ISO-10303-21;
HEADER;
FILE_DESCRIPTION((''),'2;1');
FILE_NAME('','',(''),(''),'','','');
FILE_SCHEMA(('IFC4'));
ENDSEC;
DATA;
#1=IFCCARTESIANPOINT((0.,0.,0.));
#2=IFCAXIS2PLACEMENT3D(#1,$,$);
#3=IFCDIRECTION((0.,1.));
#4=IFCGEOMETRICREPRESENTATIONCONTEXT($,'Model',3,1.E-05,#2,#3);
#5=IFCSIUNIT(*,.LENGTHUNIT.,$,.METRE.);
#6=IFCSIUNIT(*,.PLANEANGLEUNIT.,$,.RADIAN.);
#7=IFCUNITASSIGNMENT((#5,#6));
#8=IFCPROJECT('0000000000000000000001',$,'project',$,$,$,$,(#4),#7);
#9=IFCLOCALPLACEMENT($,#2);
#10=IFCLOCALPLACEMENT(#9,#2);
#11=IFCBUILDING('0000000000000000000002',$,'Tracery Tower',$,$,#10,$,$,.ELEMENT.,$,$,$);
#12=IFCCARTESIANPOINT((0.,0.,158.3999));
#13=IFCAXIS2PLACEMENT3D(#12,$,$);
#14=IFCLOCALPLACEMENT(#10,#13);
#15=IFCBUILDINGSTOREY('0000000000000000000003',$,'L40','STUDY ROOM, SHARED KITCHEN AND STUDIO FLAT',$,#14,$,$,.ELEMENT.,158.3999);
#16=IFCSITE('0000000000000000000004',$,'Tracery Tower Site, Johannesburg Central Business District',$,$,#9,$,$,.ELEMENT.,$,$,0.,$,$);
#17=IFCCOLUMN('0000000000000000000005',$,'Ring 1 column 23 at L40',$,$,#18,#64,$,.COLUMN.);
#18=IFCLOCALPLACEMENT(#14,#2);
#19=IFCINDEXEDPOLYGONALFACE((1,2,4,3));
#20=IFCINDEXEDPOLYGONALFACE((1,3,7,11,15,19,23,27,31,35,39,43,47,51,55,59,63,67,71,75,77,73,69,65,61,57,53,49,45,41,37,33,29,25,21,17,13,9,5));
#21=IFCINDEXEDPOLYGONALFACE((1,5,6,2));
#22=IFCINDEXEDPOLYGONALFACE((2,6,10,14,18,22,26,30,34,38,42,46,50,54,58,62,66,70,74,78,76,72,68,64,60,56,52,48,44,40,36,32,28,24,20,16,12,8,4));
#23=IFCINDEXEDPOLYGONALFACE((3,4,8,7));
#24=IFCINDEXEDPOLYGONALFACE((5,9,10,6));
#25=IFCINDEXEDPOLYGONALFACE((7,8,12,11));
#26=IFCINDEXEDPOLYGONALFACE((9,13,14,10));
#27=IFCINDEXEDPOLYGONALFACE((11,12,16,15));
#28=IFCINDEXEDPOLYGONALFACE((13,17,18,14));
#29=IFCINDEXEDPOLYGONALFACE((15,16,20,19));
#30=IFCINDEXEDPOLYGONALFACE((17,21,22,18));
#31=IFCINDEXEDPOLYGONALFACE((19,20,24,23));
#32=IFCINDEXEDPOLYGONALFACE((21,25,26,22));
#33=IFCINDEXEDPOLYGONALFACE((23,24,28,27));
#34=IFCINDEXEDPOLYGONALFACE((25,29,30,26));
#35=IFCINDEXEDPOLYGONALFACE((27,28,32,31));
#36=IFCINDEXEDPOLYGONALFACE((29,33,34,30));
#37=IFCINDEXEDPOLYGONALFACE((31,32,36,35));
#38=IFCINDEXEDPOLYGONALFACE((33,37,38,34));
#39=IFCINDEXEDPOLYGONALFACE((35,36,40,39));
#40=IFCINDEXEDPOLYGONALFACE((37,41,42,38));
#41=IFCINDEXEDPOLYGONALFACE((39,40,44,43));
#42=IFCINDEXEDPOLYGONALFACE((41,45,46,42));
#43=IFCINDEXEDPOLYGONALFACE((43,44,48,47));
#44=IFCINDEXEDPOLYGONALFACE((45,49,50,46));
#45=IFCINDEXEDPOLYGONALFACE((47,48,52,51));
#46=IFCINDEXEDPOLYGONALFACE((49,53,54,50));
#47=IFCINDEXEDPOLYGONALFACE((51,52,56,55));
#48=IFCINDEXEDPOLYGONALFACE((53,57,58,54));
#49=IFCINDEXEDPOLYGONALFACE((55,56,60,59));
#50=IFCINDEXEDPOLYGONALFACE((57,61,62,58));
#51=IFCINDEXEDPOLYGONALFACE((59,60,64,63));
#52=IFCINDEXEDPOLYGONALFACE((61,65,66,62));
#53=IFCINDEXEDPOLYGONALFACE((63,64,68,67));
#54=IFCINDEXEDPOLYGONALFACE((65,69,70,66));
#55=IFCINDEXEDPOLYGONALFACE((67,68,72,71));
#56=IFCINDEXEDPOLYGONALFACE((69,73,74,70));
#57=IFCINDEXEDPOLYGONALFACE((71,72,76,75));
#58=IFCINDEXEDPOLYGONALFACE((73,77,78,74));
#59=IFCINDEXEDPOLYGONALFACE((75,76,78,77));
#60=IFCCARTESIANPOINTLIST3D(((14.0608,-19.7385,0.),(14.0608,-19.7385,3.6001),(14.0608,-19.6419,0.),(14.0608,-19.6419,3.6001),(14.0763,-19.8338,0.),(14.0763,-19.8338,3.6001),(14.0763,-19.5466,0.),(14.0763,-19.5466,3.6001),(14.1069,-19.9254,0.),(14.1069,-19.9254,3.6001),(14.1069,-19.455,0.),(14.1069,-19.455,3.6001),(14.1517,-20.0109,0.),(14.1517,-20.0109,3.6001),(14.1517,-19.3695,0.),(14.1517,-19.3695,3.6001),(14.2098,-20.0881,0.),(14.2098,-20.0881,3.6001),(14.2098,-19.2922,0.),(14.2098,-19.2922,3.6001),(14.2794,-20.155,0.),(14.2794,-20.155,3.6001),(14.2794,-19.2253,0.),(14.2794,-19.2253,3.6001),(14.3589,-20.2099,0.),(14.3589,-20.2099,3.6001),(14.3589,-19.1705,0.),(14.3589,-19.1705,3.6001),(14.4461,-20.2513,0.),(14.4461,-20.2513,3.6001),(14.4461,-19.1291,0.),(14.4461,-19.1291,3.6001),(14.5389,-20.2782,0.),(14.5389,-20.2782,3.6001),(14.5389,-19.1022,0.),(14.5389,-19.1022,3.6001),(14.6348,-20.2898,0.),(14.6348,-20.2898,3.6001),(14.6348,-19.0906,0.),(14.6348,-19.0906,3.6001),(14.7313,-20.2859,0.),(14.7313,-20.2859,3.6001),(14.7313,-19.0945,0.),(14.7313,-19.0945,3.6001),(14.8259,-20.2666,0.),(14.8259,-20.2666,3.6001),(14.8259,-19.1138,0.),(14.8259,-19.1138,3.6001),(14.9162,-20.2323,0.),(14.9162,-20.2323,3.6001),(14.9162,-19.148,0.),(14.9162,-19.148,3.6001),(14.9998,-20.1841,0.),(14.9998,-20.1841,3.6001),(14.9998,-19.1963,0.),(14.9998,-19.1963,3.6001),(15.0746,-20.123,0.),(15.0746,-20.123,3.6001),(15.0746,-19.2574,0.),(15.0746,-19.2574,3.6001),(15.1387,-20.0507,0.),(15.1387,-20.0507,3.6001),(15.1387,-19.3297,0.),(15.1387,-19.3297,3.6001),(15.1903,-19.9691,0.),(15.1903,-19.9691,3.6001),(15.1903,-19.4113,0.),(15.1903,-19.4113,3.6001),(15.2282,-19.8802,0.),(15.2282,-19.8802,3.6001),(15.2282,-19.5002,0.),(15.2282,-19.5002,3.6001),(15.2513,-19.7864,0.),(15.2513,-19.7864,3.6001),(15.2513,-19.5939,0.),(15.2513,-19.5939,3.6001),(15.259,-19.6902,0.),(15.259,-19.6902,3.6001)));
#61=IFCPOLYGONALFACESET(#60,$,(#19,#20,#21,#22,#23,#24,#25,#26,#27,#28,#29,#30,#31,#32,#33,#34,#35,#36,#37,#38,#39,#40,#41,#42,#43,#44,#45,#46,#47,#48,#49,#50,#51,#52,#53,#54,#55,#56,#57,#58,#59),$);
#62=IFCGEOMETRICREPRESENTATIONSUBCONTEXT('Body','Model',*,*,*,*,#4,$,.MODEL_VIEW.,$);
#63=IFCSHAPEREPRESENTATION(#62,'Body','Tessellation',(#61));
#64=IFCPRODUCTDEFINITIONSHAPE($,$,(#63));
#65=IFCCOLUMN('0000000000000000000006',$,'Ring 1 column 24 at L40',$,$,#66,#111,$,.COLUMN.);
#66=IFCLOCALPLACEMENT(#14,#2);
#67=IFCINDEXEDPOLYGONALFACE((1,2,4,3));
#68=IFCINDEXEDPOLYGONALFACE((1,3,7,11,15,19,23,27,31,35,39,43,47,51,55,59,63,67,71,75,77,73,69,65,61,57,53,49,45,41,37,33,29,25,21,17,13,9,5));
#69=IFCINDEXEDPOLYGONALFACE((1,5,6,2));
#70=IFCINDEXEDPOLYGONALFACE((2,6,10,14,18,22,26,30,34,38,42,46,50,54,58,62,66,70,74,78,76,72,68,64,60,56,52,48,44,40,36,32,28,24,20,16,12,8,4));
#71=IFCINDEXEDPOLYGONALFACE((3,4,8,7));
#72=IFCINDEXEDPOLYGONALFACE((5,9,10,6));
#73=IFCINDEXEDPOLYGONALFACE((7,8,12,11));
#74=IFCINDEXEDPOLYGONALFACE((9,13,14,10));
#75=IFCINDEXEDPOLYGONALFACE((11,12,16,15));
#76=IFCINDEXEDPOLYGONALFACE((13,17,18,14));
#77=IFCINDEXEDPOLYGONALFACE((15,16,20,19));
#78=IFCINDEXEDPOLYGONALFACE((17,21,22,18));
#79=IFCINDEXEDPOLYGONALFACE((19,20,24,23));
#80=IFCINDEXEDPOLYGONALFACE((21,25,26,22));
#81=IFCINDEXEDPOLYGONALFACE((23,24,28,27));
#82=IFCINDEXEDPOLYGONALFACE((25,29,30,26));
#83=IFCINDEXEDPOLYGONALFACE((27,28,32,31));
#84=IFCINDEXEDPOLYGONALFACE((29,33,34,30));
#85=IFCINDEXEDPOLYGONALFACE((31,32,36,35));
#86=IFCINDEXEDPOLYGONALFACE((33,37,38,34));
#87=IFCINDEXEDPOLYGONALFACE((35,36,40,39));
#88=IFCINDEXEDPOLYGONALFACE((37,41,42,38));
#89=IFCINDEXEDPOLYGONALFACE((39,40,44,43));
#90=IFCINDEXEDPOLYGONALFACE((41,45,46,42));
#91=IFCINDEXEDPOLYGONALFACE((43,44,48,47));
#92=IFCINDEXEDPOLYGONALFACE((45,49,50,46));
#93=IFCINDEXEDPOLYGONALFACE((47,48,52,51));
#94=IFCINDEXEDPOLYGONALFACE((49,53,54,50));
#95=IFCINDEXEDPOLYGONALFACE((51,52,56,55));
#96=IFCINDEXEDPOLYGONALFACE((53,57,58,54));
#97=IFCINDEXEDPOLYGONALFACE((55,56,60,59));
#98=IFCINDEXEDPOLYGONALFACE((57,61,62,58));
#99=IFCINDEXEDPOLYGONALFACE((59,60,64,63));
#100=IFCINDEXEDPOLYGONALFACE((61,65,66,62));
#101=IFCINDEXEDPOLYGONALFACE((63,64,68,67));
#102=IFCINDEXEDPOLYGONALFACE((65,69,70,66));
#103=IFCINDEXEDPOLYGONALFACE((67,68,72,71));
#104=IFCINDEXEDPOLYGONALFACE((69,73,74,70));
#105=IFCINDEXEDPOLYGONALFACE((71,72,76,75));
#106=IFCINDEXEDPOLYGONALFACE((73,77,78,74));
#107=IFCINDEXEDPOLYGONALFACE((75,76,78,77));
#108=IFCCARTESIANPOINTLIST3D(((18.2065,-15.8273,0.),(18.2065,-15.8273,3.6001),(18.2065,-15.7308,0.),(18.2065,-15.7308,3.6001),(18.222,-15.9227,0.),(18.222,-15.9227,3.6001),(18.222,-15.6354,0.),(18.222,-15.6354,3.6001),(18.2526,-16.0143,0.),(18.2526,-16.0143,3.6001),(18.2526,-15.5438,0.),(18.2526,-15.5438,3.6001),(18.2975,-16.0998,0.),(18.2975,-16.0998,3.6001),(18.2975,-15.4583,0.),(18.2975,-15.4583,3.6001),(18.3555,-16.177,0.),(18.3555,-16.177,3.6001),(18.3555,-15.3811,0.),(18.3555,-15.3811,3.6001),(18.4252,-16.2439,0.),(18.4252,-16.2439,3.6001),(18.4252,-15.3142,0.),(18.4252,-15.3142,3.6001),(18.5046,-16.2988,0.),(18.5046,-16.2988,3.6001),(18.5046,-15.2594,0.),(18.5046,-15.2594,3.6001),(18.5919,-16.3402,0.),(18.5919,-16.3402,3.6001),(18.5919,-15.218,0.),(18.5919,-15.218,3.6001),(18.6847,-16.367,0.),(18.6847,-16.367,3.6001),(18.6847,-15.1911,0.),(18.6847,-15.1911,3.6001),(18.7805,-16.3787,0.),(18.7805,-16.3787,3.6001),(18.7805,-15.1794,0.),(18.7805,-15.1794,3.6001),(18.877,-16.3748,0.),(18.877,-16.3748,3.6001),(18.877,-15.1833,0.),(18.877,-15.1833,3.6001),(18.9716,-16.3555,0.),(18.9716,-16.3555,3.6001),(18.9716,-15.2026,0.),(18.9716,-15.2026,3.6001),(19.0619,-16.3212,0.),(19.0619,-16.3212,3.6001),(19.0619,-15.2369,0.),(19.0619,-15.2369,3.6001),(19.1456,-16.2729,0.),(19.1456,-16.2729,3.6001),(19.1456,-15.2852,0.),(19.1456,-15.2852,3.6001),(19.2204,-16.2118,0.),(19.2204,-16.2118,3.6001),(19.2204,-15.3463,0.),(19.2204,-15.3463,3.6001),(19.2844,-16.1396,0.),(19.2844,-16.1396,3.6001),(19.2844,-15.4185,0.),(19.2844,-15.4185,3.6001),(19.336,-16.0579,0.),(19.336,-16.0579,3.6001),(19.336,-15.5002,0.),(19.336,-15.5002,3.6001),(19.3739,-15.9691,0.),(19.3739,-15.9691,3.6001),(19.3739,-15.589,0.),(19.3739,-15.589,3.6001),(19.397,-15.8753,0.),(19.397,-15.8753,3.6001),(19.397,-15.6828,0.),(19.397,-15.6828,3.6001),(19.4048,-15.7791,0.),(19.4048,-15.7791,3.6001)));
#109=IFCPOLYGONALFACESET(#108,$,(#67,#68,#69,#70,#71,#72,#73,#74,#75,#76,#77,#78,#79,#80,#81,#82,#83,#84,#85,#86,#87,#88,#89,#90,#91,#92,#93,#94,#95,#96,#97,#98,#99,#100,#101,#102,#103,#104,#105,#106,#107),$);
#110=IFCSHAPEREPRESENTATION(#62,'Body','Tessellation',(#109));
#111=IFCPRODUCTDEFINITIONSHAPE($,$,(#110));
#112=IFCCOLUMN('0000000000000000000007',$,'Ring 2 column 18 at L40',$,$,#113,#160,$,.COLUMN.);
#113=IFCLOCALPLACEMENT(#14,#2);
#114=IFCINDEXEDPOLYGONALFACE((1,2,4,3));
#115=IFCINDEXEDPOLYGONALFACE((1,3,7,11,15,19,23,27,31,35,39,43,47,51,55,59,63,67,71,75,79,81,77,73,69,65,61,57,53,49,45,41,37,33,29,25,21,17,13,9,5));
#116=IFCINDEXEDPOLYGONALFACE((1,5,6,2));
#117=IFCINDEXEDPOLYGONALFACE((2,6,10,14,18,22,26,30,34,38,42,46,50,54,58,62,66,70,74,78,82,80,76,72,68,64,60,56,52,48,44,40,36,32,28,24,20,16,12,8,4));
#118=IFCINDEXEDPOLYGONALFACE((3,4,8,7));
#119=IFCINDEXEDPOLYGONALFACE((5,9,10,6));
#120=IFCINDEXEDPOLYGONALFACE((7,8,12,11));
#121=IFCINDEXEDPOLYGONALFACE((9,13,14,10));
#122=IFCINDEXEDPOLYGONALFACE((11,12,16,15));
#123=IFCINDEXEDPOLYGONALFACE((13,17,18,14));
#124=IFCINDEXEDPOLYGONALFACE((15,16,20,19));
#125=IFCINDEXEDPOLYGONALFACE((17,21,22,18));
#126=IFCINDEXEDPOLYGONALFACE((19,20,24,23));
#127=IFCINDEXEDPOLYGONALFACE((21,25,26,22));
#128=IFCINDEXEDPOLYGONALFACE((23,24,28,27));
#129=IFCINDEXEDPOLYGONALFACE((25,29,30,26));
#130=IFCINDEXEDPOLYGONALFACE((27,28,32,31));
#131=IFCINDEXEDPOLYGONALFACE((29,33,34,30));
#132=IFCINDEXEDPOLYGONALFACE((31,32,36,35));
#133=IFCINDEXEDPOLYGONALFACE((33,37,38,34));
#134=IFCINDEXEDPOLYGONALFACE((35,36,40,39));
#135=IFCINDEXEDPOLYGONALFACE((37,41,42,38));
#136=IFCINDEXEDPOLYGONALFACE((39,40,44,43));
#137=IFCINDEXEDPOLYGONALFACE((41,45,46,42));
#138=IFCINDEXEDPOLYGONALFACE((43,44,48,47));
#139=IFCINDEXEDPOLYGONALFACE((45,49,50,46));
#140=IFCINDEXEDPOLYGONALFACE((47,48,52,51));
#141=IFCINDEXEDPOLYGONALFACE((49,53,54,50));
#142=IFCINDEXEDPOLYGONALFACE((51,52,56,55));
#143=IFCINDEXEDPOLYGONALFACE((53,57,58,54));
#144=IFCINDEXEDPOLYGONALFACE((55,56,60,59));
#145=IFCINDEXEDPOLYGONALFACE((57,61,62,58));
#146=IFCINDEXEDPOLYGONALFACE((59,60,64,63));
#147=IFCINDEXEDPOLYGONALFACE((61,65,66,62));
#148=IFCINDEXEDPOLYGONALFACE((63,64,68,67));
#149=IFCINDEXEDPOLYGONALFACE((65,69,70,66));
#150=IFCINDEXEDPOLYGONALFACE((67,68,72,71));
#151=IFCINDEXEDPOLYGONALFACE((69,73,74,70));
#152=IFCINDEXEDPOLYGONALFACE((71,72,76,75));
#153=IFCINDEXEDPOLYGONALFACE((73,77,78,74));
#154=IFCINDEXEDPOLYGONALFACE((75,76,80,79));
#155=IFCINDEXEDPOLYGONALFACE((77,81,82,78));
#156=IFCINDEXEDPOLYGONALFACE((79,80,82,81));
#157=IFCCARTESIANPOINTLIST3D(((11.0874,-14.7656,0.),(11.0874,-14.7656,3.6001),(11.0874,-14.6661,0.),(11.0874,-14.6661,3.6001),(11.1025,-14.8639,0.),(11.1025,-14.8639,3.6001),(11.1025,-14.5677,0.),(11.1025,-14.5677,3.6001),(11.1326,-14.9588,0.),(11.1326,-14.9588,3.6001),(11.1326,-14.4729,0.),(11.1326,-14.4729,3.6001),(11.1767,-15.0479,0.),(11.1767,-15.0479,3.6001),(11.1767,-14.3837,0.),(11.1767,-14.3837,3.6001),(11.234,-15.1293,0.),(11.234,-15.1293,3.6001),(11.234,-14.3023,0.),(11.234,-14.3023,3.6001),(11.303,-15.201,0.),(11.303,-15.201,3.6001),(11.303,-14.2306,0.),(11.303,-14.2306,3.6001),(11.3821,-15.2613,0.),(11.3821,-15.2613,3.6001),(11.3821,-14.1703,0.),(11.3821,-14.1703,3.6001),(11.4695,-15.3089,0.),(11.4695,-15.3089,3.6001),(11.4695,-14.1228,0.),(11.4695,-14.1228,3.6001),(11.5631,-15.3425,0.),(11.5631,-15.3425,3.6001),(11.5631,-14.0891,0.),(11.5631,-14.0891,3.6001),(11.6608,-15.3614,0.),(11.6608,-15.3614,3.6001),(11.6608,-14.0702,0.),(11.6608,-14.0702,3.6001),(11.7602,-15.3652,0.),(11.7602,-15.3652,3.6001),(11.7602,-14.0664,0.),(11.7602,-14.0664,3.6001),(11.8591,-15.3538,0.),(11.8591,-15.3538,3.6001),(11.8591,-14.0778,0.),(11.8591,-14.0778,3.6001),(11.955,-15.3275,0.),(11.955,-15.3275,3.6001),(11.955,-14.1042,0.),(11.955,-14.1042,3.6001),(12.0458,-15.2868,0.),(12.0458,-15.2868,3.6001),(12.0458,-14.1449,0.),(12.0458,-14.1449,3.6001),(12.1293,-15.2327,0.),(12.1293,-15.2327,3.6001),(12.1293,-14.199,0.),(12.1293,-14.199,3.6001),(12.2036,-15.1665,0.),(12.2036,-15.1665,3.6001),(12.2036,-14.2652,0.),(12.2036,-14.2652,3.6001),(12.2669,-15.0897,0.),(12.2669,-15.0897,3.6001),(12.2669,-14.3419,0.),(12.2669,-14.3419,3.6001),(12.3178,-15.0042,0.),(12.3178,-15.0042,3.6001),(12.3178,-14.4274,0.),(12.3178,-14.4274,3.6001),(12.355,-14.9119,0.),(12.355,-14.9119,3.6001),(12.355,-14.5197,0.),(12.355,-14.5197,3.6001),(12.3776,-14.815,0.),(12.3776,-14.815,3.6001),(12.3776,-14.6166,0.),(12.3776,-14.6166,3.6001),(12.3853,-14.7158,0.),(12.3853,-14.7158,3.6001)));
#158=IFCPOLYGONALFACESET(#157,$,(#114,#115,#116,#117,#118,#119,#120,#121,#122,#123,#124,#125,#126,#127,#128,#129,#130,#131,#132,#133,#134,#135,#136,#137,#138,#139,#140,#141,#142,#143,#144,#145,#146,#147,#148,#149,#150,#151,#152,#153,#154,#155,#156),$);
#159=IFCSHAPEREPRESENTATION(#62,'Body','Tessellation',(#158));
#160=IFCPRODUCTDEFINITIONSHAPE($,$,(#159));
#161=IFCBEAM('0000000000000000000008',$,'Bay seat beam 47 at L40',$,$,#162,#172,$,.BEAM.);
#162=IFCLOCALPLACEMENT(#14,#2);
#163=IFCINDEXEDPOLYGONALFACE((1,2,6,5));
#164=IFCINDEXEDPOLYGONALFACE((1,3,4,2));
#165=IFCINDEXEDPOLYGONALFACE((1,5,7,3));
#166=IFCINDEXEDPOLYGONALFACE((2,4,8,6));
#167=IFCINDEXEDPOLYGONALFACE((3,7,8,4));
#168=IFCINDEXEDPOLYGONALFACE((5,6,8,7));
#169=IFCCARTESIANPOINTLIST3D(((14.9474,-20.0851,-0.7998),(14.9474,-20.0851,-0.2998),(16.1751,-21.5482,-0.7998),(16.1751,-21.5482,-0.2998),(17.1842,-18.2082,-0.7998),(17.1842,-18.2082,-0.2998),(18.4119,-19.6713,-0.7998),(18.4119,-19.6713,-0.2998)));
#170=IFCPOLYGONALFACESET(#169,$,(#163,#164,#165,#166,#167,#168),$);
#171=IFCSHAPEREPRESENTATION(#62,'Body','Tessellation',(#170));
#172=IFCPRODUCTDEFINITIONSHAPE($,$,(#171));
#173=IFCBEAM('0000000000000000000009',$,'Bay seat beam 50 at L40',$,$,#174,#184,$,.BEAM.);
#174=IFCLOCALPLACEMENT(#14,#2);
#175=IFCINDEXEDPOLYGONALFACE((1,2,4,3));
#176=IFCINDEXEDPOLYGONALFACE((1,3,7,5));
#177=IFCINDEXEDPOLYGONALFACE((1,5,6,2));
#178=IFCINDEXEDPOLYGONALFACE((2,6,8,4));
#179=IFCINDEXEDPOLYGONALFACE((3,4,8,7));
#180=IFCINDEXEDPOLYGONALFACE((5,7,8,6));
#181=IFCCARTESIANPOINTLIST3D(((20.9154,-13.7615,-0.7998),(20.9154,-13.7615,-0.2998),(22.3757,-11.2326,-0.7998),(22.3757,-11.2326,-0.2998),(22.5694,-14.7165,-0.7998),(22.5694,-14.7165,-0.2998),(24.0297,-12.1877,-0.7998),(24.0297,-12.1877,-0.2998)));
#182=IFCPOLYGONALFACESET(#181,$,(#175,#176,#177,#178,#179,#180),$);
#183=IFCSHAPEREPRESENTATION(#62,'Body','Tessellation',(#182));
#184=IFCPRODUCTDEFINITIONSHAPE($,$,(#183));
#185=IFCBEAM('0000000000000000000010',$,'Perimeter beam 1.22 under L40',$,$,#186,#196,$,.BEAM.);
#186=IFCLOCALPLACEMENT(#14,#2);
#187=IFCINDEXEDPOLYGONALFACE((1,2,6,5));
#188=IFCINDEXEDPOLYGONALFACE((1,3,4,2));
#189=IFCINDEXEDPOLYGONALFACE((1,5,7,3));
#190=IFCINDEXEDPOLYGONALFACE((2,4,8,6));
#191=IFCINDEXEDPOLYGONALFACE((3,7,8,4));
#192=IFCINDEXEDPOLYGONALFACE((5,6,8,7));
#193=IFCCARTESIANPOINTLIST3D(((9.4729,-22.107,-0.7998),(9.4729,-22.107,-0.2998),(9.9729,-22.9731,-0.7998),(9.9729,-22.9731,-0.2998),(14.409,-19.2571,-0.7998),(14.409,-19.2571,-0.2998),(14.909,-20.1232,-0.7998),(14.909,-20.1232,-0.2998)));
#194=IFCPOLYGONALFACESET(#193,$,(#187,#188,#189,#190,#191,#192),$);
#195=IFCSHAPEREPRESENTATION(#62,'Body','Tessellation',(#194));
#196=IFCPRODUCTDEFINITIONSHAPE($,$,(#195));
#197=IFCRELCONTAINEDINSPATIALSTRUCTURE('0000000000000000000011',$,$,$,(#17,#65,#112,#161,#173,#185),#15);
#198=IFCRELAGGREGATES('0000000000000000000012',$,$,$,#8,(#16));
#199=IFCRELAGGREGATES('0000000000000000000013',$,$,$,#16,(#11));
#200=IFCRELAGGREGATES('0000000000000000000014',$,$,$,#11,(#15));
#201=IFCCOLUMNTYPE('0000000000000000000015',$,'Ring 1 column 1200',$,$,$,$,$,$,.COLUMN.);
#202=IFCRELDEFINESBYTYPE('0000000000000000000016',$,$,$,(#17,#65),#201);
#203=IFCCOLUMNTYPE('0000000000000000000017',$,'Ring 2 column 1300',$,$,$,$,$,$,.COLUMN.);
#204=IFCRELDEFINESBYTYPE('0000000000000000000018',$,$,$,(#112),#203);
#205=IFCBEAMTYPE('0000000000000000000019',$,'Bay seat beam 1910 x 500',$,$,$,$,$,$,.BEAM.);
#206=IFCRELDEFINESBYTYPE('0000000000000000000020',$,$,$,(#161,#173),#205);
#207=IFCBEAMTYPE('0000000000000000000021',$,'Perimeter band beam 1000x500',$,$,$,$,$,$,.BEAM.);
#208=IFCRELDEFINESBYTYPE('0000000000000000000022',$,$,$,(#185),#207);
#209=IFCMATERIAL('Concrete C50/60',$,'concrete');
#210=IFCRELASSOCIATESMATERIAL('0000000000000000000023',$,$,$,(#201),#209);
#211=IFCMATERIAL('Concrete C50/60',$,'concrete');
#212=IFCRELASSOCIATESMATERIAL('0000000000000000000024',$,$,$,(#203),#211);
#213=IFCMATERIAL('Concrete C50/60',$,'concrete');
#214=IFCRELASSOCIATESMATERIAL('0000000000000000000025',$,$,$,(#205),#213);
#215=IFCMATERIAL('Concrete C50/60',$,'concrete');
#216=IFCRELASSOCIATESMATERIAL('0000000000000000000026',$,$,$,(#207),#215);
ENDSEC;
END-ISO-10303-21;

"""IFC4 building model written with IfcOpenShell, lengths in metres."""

from ifc_helpers import new_model, si_unit, direction, frame, origin, origin_2d, place, context, subcontext, project, spatial, rectangle, circle, extrude, material, material_profile, profile_set, type_object, element, save


model = new_model("IFC4")

# Units and contexts
model_context = context("Model", 3, precision=1e-05, world=origin(), true_north=direction((0.0, 1.0)))
body_context = subcontext(model_context, "Body", "Model", "MODEL_VIEW")
ifc_project = project(units=[si_unit("LENGTHUNIT", "METRE"), si_unit("PLANEANGLEUNIT", "RADIAN")], contexts=[model_context])

# Site, building, storey
site_placement = place(None, origin())
site = spatial("IfcSite", under=ifc_project, at=site_placement, Name="Tracery Tower Site, Johannesburg Central Business District", CompositionType="ELEMENT", RefElevation=0.0)
building_placement = place(site_placement, origin())
building = spatial("IfcBuilding", under=site, at=building_placement, Name="Tracery Tower", CompositionType="ELEMENT")
storey_placement = place(building_placement, frame((0.0, 0.0, 158.3999)))
storey = spatial("IfcBuildingStorey", under=building, at=storey_placement, Name="L40", Description="STUDY ROOM, SHARED KITCHEN AND STUDIO FLAT", CompositionType="ELEMENT", Elevation=158.3999)

# Columns
ifc_material_1 = material(Name="Concrete C50/60", Category="concrete")
ifc_material_profile_1 = material_profile(ifc_material_1, circle(Radius=0.6001, at=origin_2d()), Name="RC D1200")
ifc_profile_set_1 = profile_set([ifc_material_profile_1], Name="Concrete C50/60")
column_type_1 = type_object("IfcColumnType", Name="Ring 1 column 1200", PredefinedType="COLUMN", material=ifc_profile_set_1)
for number, where, z_axis, x_axis, name in (
    (1, (14.6589, -19.6902, 0.0), (0.0, 0.0, 1.0), (1.0, 0.0, 0.0), "Ring 1 column 23 at L40"),
    (2, (18.8047, -15.7791, 0.0), (0.0, 0.0, 1.0), (1.0, 0.0, 0.0), "Ring 1 column 24 at L40"),
):
    element("IfcColumn", number, at=place(storey_placement, frame(where, z_axis=z_axis, x_axis=x_axis)), inside=storey, type_object=column_type_1, Name=name, PredefinedType="COLUMN", context=body_context, shape_type="SweptSolid", body=[
        extrude(circle(Radius=0.6001, at=origin_2d()), origin(), (0.0, 0.0, 1.0), 3.6001),
    ])
ifc_material_2 = material(Name="Concrete C50/60", Category="concrete")
ifc_material_profile_2 = material_profile(ifc_material_2, circle(Radius=0.6499, at=origin_2d()), Name="RC D1300")
ifc_profile_set_2 = profile_set([ifc_material_profile_2], Name="Concrete C50/60")
column_type_2 = type_object("IfcColumnType", Name="Ring 2 column 1300", PredefinedType="COLUMN", material=ifc_profile_set_2)
column_placement = place(storey_placement, frame((11.7354, -14.7158, 0.0), z_axis=(0.0, 0.0, 1.0), x_axis=(1.0, 0.0, 0.0)))
element("IfcColumn", 3, at=column_placement, inside=storey, type_object=column_type_2, Name="Ring 2 column 18 at L40", PredefinedType="COLUMN", context=body_context, shape_type="SweptSolid", body=[
    extrude(circle(Radius=0.6499, at=origin_2d()), origin(), (0.0, 0.0, 1.0), 3.6001),
])

# Beams
ifc_material_3 = material(Name="Concrete C50/60", Category="concrete")
ifc_material_profile_3 = material_profile(ifc_material_3, rectangle(XDim=1.9099, YDim=0.5, at=origin_2d()), Name="RC 1910x500")
ifc_profile_set_3 = profile_set([ifc_material_profile_3], Name="Concrete C50/60")
beam_type_1 = type_object("IfcBeamType", Name="Bay seat beam 1910 x 500", PredefinedType="BEAM", material=ifc_profile_set_3)
beam_1_placement = place(storey_placement, frame((15.5613, -20.8167, -0.5498), z_axis=(0.766037, 0.642796, 0.0), x_axis=(-0.642796, 0.766037, 0.0)))
element("IfcBeam", 4, at=beam_1_placement, inside=storey, type_object=beam_type_1, Name="Bay seat beam 47 at L40", PredefinedType="BEAM", context=body_context, shape_type="SweptSolid", body=[
    extrude(rectangle(XDim=1.9099, YDim=0.5, at=origin_2d()), origin(), (0.0, 0.0, 1.0), 2.9199),
])
beam_2_placement = place(storey_placement, frame((21.7424, -14.239, -0.5498), z_axis=(0.500051, 0.865996, 0.0), x_axis=(-0.865996, 0.500051, 0.0)))
element("IfcBeam", 5, at=beam_2_placement, inside=storey, type_object=beam_type_1, Name="Bay seat beam 50 at L40", PredefinedType="BEAM", context=body_context, shape_type="SweptSolid", body=[
    extrude(rectangle(XDim=1.9099, YDim=0.5, at=origin_2d()), origin(), (0.0, 0.0, 1.0), 2.9202),
])
ifc_material_4 = material(Name="Concrete C50/60", Category="concrete")
ifc_material_profile_4 = material_profile(ifc_material_4, rectangle(XDim=1.0, YDim=0.5, at=origin_2d()), Name="RC 1000x500")
ifc_profile_set_4 = profile_set([ifc_material_profile_4], Name="Concrete C50/60")
beam_type_2 = type_object("IfcBeamType", Name="Perimeter band beam 1000x500", PredefinedType="BEAM", material=ifc_profile_set_4)
beam_3_placement = place(storey_placement, frame((9.7229, -22.54, -0.5498), z_axis=(0.866023, 0.500004, 0.0), x_axis=(-0.500004, 0.866023, 0.0)))
element("IfcBeam", 6, at=beam_3_placement, inside=storey, type_object=beam_type_2, Name="Perimeter beam 1.22 under L40", PredefinedType="BEAM", context=body_context, shape_type="SweptSolid", body=[
    extrude(rectangle(XDim=1.0, YDim=0.5, at=origin_2d()), origin(), (0.0, 0.0, 1.0), 5.6997),
])

save(model, "model.ifc")
